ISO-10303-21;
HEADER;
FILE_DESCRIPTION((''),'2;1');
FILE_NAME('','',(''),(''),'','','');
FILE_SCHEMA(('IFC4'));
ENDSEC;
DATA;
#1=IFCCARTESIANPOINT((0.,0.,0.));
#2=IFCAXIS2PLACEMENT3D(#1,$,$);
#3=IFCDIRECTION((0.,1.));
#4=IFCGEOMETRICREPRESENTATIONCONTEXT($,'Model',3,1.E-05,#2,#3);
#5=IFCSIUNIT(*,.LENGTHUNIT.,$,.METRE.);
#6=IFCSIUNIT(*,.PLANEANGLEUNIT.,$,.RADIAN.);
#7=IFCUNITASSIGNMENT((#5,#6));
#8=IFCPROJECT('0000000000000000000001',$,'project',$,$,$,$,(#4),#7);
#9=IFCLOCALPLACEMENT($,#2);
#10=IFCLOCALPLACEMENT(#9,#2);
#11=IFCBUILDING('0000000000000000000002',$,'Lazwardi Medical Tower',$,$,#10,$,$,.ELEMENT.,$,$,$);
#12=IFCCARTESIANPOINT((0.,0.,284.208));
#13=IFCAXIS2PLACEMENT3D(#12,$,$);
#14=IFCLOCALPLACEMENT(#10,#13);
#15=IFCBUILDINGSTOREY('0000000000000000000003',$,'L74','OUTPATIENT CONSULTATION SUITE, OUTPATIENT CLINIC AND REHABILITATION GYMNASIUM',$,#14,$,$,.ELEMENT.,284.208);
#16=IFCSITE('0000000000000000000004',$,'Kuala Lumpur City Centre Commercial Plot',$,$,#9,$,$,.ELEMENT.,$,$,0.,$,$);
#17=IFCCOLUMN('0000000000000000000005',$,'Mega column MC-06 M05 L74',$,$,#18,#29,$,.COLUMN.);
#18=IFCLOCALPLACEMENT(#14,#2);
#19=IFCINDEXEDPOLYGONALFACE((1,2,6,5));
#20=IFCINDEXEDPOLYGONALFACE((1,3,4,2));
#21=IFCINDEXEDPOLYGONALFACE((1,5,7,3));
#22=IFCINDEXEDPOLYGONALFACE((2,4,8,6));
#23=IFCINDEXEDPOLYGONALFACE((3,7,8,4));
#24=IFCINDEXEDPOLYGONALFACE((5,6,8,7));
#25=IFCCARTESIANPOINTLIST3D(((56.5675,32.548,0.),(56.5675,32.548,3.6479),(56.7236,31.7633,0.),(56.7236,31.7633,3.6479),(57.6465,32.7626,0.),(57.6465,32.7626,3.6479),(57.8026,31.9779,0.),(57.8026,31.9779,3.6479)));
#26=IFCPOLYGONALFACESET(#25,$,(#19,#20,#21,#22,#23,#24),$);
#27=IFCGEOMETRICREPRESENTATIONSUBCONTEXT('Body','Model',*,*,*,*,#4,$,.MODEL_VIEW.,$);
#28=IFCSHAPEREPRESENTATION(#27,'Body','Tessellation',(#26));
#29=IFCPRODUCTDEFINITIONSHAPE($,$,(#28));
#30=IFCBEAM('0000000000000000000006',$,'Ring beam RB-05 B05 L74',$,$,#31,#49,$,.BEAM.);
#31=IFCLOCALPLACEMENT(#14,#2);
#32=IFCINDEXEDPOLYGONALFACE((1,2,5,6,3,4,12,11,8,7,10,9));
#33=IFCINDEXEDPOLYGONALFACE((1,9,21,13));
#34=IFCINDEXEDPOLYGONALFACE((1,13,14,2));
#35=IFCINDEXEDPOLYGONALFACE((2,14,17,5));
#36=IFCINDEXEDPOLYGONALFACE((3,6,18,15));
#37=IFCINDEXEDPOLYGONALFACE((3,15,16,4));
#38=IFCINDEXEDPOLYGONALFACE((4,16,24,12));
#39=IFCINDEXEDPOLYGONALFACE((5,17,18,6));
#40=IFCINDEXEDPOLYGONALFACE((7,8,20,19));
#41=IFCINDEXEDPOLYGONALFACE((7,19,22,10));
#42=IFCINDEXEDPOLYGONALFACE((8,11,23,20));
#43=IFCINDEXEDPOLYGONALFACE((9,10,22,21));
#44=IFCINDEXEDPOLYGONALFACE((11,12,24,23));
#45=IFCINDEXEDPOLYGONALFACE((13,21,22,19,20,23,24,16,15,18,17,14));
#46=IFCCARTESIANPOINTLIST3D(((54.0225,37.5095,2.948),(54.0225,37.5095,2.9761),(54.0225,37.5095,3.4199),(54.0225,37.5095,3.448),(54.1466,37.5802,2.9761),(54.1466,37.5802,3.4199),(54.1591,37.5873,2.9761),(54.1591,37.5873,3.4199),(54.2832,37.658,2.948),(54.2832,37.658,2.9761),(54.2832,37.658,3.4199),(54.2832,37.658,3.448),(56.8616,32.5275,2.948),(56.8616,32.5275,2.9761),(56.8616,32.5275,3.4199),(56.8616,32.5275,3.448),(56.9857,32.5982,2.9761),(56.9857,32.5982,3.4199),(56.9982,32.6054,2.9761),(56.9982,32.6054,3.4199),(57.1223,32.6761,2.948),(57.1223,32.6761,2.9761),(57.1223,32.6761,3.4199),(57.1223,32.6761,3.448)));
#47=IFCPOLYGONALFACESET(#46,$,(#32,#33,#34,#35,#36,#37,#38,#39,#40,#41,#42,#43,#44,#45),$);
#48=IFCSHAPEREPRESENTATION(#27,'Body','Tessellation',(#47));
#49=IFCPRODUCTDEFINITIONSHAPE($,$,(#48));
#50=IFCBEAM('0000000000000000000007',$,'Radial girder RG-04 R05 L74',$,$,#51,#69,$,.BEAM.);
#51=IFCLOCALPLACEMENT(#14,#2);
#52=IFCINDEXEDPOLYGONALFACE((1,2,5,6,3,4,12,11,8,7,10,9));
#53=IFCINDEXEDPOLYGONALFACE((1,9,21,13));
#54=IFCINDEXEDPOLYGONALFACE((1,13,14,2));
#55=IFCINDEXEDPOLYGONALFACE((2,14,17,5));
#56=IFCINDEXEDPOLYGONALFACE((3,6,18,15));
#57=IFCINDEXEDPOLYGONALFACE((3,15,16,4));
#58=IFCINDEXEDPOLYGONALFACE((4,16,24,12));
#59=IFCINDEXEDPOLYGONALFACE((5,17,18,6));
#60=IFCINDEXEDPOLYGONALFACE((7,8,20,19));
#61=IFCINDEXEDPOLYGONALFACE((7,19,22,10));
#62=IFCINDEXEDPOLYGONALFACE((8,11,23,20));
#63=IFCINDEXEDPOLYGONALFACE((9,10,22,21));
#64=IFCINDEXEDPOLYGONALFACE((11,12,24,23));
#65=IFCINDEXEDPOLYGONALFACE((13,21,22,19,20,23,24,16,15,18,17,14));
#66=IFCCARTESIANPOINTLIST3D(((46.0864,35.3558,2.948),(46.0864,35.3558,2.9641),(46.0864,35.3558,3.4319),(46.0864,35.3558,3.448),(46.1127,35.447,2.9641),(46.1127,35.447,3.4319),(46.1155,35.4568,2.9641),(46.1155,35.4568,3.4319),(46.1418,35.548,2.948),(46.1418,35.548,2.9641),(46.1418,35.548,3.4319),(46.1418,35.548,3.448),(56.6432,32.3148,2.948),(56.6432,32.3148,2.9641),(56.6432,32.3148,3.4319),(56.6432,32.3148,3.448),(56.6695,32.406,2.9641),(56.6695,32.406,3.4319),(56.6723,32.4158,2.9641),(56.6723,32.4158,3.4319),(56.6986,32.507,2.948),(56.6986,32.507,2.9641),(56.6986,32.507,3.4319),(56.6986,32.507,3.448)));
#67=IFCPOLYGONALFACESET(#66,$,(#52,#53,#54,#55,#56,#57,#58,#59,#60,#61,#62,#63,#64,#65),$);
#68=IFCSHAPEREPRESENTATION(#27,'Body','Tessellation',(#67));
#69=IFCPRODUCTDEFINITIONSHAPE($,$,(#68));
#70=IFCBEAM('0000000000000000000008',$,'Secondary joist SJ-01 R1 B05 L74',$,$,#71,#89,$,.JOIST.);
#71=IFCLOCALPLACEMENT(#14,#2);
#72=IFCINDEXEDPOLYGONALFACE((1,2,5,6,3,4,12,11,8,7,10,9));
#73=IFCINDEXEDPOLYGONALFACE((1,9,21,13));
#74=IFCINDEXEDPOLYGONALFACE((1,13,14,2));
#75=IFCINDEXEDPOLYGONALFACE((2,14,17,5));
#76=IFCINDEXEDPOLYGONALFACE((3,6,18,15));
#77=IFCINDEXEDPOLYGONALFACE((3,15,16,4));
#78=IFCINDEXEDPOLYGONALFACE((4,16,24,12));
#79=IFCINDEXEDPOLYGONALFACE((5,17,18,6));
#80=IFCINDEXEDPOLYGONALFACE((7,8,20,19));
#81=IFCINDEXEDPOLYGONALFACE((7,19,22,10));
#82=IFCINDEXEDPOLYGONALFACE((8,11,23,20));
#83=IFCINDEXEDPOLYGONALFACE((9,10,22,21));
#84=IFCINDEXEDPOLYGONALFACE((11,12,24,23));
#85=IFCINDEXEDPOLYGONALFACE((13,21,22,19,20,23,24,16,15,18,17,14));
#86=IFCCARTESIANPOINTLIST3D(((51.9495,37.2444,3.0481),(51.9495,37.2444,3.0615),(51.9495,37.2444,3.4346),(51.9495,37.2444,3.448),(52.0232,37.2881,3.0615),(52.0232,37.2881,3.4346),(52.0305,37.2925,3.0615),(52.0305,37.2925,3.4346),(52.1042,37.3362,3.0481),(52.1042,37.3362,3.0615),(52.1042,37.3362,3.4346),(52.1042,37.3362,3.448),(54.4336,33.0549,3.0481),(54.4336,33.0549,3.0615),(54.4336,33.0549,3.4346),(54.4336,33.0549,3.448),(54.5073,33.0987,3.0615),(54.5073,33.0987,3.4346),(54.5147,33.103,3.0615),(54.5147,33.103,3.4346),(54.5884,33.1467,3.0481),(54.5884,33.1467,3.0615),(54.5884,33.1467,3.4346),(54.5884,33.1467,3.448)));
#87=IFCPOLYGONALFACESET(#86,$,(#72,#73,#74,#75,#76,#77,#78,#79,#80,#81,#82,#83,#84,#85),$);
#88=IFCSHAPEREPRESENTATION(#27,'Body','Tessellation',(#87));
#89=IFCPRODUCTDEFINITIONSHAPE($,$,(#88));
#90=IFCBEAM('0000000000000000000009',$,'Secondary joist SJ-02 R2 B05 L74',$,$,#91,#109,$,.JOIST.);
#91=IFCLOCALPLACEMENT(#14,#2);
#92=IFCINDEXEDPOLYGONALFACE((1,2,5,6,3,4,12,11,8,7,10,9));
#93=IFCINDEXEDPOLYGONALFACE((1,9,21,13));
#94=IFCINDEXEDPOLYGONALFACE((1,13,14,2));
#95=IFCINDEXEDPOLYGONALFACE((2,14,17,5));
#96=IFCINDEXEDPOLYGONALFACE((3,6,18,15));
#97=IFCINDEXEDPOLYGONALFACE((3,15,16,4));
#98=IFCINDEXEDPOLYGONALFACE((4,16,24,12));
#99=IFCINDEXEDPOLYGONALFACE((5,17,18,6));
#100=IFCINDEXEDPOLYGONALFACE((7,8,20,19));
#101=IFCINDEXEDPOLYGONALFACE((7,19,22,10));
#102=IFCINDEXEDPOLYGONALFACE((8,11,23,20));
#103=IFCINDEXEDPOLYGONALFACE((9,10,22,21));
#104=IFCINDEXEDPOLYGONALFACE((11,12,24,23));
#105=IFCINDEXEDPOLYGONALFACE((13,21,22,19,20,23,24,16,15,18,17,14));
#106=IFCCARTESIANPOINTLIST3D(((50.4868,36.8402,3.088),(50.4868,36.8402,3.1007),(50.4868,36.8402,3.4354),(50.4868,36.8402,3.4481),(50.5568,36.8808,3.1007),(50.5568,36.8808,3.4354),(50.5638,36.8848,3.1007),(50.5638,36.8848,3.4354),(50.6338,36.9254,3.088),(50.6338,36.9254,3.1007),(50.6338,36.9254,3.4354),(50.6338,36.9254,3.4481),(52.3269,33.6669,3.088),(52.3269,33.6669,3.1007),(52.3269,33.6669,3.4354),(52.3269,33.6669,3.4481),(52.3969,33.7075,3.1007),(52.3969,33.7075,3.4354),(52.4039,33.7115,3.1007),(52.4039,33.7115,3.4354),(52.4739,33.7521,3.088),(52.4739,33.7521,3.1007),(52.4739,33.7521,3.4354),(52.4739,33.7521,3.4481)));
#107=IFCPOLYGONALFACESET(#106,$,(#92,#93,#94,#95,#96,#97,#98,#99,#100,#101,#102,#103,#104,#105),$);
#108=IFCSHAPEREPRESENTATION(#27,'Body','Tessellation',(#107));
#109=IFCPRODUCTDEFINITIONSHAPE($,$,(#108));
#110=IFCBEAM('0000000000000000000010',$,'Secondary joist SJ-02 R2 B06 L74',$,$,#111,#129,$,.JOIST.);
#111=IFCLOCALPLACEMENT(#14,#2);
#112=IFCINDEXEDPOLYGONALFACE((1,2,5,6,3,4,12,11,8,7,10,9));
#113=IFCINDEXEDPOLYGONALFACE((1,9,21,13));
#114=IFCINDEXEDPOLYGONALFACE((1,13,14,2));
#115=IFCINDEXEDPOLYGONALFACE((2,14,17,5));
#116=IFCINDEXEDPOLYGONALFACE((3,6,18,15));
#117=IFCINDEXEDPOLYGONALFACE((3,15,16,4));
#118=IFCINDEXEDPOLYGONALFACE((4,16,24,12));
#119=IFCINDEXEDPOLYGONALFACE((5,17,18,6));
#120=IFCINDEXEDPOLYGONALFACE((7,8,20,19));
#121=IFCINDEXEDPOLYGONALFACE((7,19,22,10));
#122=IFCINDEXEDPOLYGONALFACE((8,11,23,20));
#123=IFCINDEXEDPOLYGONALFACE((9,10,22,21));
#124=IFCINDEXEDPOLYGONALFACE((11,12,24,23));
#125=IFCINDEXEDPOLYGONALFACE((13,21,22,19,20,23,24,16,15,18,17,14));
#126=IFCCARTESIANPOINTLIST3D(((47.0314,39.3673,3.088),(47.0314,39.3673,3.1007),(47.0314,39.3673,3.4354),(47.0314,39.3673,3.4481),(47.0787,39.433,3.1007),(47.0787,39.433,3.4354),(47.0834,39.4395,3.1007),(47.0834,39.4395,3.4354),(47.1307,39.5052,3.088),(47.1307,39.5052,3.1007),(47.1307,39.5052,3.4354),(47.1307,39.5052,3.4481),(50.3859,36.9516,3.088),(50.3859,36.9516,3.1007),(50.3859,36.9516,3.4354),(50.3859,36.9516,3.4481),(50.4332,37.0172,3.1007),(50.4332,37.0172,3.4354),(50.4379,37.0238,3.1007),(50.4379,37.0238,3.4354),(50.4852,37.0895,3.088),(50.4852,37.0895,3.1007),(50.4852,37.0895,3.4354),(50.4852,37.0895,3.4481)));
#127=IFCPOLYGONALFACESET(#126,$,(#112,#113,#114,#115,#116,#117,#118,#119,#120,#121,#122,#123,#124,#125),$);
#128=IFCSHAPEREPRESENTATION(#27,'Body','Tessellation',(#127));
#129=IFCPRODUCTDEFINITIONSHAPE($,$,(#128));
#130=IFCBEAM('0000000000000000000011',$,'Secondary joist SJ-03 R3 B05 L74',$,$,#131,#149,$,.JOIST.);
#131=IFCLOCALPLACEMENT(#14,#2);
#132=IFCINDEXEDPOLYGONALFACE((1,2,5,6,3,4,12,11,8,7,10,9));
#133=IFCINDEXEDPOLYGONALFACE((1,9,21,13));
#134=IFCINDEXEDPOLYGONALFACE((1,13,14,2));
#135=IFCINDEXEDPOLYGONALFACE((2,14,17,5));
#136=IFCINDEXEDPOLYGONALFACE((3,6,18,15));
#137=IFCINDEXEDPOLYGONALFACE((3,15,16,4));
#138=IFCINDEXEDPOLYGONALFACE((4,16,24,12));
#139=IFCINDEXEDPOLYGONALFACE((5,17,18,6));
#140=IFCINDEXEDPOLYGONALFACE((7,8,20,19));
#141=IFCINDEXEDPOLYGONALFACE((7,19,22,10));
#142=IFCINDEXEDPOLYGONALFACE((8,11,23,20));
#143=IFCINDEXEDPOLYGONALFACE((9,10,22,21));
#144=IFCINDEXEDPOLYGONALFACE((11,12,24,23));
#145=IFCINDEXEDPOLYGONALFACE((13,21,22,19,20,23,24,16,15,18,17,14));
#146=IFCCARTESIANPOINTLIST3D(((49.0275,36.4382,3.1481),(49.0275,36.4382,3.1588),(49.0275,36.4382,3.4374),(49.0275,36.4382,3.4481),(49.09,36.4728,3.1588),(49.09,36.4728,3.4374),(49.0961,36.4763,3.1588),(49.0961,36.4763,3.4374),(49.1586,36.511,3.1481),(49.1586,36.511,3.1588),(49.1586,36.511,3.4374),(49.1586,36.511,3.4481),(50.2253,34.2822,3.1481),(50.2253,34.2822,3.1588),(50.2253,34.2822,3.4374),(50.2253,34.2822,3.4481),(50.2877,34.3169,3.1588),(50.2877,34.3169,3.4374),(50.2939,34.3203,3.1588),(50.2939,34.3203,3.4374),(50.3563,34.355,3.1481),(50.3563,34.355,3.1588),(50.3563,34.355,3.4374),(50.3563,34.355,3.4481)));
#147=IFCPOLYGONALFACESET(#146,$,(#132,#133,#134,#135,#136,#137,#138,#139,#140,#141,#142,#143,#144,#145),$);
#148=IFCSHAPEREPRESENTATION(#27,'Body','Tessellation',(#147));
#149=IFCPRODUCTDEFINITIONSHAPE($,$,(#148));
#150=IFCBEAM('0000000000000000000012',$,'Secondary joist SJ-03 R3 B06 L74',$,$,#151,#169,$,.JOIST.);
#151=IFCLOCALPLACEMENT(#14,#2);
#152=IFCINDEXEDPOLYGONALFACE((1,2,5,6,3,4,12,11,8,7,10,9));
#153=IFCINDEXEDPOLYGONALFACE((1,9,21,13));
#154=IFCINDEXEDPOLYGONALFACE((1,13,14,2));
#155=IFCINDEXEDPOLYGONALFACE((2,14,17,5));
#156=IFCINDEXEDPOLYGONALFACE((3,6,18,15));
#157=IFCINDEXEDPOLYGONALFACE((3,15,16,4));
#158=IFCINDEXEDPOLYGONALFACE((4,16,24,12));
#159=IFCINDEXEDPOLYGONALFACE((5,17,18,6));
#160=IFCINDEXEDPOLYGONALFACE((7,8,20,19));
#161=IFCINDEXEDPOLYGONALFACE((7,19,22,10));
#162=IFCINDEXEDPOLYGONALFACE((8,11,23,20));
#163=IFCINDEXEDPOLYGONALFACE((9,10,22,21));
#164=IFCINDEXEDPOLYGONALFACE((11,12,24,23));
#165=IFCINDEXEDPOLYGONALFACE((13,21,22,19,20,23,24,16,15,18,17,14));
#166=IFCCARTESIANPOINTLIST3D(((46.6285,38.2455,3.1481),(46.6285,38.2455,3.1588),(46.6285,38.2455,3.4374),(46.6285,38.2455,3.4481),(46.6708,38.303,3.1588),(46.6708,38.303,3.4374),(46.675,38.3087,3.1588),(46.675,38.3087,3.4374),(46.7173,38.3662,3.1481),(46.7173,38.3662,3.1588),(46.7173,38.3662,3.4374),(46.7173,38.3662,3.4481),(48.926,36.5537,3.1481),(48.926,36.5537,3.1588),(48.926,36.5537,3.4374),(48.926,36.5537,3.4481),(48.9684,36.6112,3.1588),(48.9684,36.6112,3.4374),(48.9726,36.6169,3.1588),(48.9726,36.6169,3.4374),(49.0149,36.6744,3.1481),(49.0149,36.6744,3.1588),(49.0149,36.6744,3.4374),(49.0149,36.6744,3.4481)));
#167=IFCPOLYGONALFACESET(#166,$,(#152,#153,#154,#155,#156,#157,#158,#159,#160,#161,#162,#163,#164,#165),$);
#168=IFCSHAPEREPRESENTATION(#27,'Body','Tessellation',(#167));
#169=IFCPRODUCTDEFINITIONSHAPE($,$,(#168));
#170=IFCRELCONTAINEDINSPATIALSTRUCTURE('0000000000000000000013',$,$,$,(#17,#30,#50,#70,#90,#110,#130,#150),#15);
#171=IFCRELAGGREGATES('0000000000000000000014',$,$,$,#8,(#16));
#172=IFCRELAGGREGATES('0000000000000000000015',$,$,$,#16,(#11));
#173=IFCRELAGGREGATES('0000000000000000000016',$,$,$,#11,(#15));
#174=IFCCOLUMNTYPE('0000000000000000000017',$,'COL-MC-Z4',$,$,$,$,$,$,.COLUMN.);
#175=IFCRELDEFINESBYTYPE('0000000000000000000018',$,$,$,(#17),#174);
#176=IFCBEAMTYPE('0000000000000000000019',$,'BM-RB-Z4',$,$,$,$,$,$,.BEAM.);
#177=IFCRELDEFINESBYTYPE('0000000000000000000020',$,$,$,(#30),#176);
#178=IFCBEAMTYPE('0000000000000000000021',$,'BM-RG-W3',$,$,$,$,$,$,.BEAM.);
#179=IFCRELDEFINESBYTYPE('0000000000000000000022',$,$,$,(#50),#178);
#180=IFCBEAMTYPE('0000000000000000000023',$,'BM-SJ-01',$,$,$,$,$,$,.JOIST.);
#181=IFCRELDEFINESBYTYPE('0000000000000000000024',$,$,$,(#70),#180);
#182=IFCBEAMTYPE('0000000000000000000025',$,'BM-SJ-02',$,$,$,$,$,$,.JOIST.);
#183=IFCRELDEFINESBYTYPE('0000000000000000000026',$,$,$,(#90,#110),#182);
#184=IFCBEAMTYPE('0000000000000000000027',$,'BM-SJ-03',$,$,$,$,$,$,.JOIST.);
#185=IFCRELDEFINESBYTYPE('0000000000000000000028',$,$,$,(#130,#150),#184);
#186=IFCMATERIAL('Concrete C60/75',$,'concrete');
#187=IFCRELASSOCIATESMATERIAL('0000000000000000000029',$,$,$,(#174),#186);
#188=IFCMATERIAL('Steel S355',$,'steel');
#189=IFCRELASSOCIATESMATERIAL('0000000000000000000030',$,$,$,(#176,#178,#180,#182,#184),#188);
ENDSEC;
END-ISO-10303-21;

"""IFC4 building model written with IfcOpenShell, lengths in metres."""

from ifc_helpers import new_model, si_unit, direction, frame, origin, origin_2d, place, context, subcontext, project, spatial, rectangle, i_section, extrude, material, material_profile, profile_set, type_object, element, save


model = new_model("IFC4")

# Units and contexts
model_context = context("Model", 3, precision=1e-05, world=origin(), true_north=direction((0.0, 1.0)))
body_context = subcontext(model_context, "Body", "Model", "MODEL_VIEW")
ifc_project = project(units=[si_unit("LENGTHUNIT", "METRE"), si_unit("PLANEANGLEUNIT", "RADIAN")], contexts=[model_context])

# Site, building, storey
site_placement = place(None, origin())
site = spatial("IfcSite", under=ifc_project, at=site_placement, Name="Kuala Lumpur City Centre Commercial Plot", CompositionType="ELEMENT", RefElevation=0.0)
building_placement = place(site_placement, origin())
building = spatial("IfcBuilding", under=site, at=building_placement, Name="Lazwardi Medical Tower", CompositionType="ELEMENT")
storey_placement = place(building_placement, frame((0.0, 0.0, 284.208)))
storey = spatial("IfcBuildingStorey", under=building, at=storey_placement, Name="L74", Description="OUTPATIENT CONSULTATION SUITE, OUTPATIENT CLINIC AND REHABILITATION GYMNASIUM", CompositionType="ELEMENT", Elevation=284.208)

# Column
ifc_material_1 = material(Name="Concrete C60/75", Category="concrete")
ifc_material_profile_1 = material_profile(ifc_material_1, rectangle(XDim=1.1001, YDim=0.8, at=origin_2d()), Name="CFT-RECT 1100x800")
ifc_profile_set_1 = profile_set([ifc_material_profile_1], Name="Concrete C60/75")
column_type = type_object("IfcColumnType", Name="COL-MC-Z4", PredefinedType="COLUMN", material=ifc_profile_set_1)
column_placement = place(storey_placement, frame((57.1851, 32.2629, 0.0), z_axis=(0.0, 0.0, 1.0), x_axis=(0.980785, 0.19509, 0.0)))
element("IfcColumn", 1, at=column_placement, inside=storey, type_object=column_type, Name="Mega column MC-06 M05 L74", PredefinedType="COLUMN", context=body_context, shape_type="SweptSolid", body=[
    extrude(rectangle(XDim=1.1001, YDim=0.8, at=origin_2d()), origin(), (0.0, 0.0, 1.0), 3.6479),
])

# Beams
ifc_material_2 = material(Name="Steel S355", Category="steel")
ifc_material_profile_2 = material_profile(ifc_material_2, i_section(OverallWidth=0.3, OverallDepth=0.5, WebThickness=0.0144, FlangeThickness=0.0281, at=origin_2d()), Name="HEB 500")
ifc_profile_set_2 = profile_set([ifc_material_profile_2], Name="Steel S355")
beam_type_1 = type_object("IfcBeamType", Name="BM-RB-Z4", PredefinedType="BEAM", material=ifc_profile_set_2)
beam_1_placement = place(storey_placement, frame((56.9919, 32.6018, 3.198), z_axis=(-0.495125, 0.868822, 0.0), x_axis=(-0.868822, -0.495125, 0.0)))
element("IfcBeam", 2, at=beam_1_placement, inside=storey, type_object=beam_type_1, Name="Ring beam RB-05 B05 L74", PredefinedType="BEAM", context=body_context, shape_type="SweptSolid", body=[
    extrude(i_section(OverallWidth=0.3, OverallDepth=0.5, WebThickness=0.0144, FlangeThickness=0.0281, at=origin_2d()), origin(), (0.0, 0.0, 1.0), 5.7341),
])
ifc_material_profile_3 = material_profile(ifc_material_2, i_section(OverallWidth=0.2, OverallDepth=0.5, WebThickness=0.0103, FlangeThickness=0.0161, at=origin_2d()), Name="IPE 500")
ifc_profile_set_3 = profile_set([ifc_material_profile_3], Name="Steel S355")
beam_type_2 = type_object("IfcBeamType", Name="BM-RG-W3", PredefinedType="BEAM", material=ifc_profile_set_3)
beam_2_placement = place(storey_placement, frame((56.6709, 32.4109, 3.198), z_axis=(-0.960926, 0.276804, 0.0), x_axis=(-0.276804, -0.960926, 0.0)))
element("IfcBeam", 3, at=beam_2_placement, inside=storey, type_object=beam_type_2, Name="Radial girder RG-04 R05 L74", PredefinedType="BEAM", context=body_context, shape_type="SweptSolid", body=[
    extrude(i_section(OverallWidth=0.2, OverallDepth=0.5, WebThickness=0.0103, FlangeThickness=0.0161, at=origin_2d()), origin(), (0.0, 0.0, 1.0), 10.9861),
])
ifc_material_profile_4 = material_profile(ifc_material_2, i_section(OverallWidth=0.1799, OverallDepth=0.3999, WebThickness=0.0085, FlangeThickness=0.0134, at=origin_2d()), Name="IPE 400")
ifc_profile_set_4 = profile_set([ifc_material_profile_4], Name="Steel S355")
beam_type_3 = type_object("IfcBeamType", Name="BM-SJ-01", PredefinedType="JOIST", material=ifc_profile_set_4)
beam_3_placement = place(storey_placement, frame((54.511, 33.1008, 3.248), z_axis=(-0.510029, 0.860157, 0.0), x_axis=(-0.860157, -0.510029, 0.0)))
element("IfcBeam", 4, at=beam_3_placement, inside=storey, type_object=beam_type_3, Name="Secondary joist SJ-01 R1 B05 L74", PredefinedType="JOIST", context=body_context, shape_type="SweptSolid", body=[
    extrude(i_section(OverallWidth=0.1799, OverallDepth=0.3999, WebThickness=0.0085, FlangeThickness=0.0134, at=origin_2d()), origin(), (0.0, 0.0, 1.0), 4.8706),
])
ifc_material_profile_5 = material_profile(ifc_material_2, i_section(OverallWidth=0.1699, OverallDepth=0.3601, WebThickness=0.0081, FlangeThickness=0.0127, at=origin_2d()), Name="IPE 360")
ifc_profile_set_5 = profile_set([ifc_material_profile_5], Name="Steel S355")
beam_type_4 = type_object("IfcBeamType", Name="BM-SJ-02", PredefinedType="JOIST", material=ifc_profile_set_5)
beam_4_placement = place(storey_placement, frame((52.4004, 33.7095, 3.2681), z_axis=(-0.501626, 0.865084, 0.0), x_axis=(-0.865084, -0.501626, 0.0)))
element("IfcBeam", 5, at=beam_4_placement, inside=storey, type_object=beam_type_4, Name="Secondary joist SJ-02 R2 B05 L74", PredefinedType="JOIST", context=body_context, shape_type="SweptSolid", body=[
    extrude(i_section(OverallWidth=0.1699, OverallDepth=0.3601, WebThickness=0.0081, FlangeThickness=0.0127, at=origin_2d()), origin(), (0.0, 0.0, 1.0), 3.6682),
])
beam_5_placement = place(storey_placement, frame((50.4355, 37.0205, 3.2681), z_axis=(-0.811473, 0.58439, 0.0), x_axis=(-0.58439, -0.811473, 0.0)))
element("IfcBeam", 6, at=beam_5_placement, inside=storey, type_object=beam_type_4, Name="Secondary joist SJ-02 R2 B06 L74", PredefinedType="JOIST", context=body_context, shape_type="SweptSolid", body=[
    extrude(i_section(OverallWidth=0.1699, OverallDepth=0.3601, WebThickness=0.0081, FlangeThickness=0.0127, at=origin_2d()), origin(), (0.0, 0.0, 1.0), 4.1338),
])
ifc_material_profile_6 = material_profile(ifc_material_2, i_section(OverallWidth=0.1499, OverallDepth=0.3, WebThickness=0.0071, FlangeThickness=0.0107, at=origin_2d()), Name="IPE 300")
ifc_profile_set_6 = profile_set([ifc_material_profile_6], Name="Steel S355")
beam_type_5 = type_object("IfcBeamType", Name="BM-SJ-03", PredefinedType="JOIST", material=ifc_profile_set_6)
beam_6_placement = place(storey_placement, frame((50.2908, 34.3186, 3.2981), z_axis=(-0.485635, 0.874162, 0.0), x_axis=(-0.874162, -0.485635, 0.0)))
element("IfcBeam", 7, at=beam_6_placement, inside=storey, type_object=beam_type_5, Name="Secondary joist SJ-03 R3 B05 L74", PredefinedType="JOIST", context=body_context, shape_type="SweptSolid", body=[
    extrude(i_section(OverallWidth=0.1499, OverallDepth=0.3, WebThickness=0.0071, FlangeThickness=0.0107, at=origin_2d()), origin(), (0.0, 0.0, 1.0), 2.4663),
])
beam_7_placement = place(storey_placement, frame((48.9705, 36.614, 3.2981), z_axis=(-0.805236, 0.592954, 0.0), x_axis=(-0.592954, -0.805236, 0.0)))
element("IfcBeam", 8, at=beam_7_placement, inside=storey, type_object=beam_type_5, Name="Secondary joist SJ-03 R3 B06 L74", PredefinedType="JOIST", context=body_context, shape_type="SweptSolid", body=[
    extrude(i_section(OverallWidth=0.1499, OverallDepth=0.3, WebThickness=0.0071, FlangeThickness=0.0107, at=origin_2d()), origin(), (0.0, 0.0, 1.0), 2.8533),
])

save(model, "model.ifc")
